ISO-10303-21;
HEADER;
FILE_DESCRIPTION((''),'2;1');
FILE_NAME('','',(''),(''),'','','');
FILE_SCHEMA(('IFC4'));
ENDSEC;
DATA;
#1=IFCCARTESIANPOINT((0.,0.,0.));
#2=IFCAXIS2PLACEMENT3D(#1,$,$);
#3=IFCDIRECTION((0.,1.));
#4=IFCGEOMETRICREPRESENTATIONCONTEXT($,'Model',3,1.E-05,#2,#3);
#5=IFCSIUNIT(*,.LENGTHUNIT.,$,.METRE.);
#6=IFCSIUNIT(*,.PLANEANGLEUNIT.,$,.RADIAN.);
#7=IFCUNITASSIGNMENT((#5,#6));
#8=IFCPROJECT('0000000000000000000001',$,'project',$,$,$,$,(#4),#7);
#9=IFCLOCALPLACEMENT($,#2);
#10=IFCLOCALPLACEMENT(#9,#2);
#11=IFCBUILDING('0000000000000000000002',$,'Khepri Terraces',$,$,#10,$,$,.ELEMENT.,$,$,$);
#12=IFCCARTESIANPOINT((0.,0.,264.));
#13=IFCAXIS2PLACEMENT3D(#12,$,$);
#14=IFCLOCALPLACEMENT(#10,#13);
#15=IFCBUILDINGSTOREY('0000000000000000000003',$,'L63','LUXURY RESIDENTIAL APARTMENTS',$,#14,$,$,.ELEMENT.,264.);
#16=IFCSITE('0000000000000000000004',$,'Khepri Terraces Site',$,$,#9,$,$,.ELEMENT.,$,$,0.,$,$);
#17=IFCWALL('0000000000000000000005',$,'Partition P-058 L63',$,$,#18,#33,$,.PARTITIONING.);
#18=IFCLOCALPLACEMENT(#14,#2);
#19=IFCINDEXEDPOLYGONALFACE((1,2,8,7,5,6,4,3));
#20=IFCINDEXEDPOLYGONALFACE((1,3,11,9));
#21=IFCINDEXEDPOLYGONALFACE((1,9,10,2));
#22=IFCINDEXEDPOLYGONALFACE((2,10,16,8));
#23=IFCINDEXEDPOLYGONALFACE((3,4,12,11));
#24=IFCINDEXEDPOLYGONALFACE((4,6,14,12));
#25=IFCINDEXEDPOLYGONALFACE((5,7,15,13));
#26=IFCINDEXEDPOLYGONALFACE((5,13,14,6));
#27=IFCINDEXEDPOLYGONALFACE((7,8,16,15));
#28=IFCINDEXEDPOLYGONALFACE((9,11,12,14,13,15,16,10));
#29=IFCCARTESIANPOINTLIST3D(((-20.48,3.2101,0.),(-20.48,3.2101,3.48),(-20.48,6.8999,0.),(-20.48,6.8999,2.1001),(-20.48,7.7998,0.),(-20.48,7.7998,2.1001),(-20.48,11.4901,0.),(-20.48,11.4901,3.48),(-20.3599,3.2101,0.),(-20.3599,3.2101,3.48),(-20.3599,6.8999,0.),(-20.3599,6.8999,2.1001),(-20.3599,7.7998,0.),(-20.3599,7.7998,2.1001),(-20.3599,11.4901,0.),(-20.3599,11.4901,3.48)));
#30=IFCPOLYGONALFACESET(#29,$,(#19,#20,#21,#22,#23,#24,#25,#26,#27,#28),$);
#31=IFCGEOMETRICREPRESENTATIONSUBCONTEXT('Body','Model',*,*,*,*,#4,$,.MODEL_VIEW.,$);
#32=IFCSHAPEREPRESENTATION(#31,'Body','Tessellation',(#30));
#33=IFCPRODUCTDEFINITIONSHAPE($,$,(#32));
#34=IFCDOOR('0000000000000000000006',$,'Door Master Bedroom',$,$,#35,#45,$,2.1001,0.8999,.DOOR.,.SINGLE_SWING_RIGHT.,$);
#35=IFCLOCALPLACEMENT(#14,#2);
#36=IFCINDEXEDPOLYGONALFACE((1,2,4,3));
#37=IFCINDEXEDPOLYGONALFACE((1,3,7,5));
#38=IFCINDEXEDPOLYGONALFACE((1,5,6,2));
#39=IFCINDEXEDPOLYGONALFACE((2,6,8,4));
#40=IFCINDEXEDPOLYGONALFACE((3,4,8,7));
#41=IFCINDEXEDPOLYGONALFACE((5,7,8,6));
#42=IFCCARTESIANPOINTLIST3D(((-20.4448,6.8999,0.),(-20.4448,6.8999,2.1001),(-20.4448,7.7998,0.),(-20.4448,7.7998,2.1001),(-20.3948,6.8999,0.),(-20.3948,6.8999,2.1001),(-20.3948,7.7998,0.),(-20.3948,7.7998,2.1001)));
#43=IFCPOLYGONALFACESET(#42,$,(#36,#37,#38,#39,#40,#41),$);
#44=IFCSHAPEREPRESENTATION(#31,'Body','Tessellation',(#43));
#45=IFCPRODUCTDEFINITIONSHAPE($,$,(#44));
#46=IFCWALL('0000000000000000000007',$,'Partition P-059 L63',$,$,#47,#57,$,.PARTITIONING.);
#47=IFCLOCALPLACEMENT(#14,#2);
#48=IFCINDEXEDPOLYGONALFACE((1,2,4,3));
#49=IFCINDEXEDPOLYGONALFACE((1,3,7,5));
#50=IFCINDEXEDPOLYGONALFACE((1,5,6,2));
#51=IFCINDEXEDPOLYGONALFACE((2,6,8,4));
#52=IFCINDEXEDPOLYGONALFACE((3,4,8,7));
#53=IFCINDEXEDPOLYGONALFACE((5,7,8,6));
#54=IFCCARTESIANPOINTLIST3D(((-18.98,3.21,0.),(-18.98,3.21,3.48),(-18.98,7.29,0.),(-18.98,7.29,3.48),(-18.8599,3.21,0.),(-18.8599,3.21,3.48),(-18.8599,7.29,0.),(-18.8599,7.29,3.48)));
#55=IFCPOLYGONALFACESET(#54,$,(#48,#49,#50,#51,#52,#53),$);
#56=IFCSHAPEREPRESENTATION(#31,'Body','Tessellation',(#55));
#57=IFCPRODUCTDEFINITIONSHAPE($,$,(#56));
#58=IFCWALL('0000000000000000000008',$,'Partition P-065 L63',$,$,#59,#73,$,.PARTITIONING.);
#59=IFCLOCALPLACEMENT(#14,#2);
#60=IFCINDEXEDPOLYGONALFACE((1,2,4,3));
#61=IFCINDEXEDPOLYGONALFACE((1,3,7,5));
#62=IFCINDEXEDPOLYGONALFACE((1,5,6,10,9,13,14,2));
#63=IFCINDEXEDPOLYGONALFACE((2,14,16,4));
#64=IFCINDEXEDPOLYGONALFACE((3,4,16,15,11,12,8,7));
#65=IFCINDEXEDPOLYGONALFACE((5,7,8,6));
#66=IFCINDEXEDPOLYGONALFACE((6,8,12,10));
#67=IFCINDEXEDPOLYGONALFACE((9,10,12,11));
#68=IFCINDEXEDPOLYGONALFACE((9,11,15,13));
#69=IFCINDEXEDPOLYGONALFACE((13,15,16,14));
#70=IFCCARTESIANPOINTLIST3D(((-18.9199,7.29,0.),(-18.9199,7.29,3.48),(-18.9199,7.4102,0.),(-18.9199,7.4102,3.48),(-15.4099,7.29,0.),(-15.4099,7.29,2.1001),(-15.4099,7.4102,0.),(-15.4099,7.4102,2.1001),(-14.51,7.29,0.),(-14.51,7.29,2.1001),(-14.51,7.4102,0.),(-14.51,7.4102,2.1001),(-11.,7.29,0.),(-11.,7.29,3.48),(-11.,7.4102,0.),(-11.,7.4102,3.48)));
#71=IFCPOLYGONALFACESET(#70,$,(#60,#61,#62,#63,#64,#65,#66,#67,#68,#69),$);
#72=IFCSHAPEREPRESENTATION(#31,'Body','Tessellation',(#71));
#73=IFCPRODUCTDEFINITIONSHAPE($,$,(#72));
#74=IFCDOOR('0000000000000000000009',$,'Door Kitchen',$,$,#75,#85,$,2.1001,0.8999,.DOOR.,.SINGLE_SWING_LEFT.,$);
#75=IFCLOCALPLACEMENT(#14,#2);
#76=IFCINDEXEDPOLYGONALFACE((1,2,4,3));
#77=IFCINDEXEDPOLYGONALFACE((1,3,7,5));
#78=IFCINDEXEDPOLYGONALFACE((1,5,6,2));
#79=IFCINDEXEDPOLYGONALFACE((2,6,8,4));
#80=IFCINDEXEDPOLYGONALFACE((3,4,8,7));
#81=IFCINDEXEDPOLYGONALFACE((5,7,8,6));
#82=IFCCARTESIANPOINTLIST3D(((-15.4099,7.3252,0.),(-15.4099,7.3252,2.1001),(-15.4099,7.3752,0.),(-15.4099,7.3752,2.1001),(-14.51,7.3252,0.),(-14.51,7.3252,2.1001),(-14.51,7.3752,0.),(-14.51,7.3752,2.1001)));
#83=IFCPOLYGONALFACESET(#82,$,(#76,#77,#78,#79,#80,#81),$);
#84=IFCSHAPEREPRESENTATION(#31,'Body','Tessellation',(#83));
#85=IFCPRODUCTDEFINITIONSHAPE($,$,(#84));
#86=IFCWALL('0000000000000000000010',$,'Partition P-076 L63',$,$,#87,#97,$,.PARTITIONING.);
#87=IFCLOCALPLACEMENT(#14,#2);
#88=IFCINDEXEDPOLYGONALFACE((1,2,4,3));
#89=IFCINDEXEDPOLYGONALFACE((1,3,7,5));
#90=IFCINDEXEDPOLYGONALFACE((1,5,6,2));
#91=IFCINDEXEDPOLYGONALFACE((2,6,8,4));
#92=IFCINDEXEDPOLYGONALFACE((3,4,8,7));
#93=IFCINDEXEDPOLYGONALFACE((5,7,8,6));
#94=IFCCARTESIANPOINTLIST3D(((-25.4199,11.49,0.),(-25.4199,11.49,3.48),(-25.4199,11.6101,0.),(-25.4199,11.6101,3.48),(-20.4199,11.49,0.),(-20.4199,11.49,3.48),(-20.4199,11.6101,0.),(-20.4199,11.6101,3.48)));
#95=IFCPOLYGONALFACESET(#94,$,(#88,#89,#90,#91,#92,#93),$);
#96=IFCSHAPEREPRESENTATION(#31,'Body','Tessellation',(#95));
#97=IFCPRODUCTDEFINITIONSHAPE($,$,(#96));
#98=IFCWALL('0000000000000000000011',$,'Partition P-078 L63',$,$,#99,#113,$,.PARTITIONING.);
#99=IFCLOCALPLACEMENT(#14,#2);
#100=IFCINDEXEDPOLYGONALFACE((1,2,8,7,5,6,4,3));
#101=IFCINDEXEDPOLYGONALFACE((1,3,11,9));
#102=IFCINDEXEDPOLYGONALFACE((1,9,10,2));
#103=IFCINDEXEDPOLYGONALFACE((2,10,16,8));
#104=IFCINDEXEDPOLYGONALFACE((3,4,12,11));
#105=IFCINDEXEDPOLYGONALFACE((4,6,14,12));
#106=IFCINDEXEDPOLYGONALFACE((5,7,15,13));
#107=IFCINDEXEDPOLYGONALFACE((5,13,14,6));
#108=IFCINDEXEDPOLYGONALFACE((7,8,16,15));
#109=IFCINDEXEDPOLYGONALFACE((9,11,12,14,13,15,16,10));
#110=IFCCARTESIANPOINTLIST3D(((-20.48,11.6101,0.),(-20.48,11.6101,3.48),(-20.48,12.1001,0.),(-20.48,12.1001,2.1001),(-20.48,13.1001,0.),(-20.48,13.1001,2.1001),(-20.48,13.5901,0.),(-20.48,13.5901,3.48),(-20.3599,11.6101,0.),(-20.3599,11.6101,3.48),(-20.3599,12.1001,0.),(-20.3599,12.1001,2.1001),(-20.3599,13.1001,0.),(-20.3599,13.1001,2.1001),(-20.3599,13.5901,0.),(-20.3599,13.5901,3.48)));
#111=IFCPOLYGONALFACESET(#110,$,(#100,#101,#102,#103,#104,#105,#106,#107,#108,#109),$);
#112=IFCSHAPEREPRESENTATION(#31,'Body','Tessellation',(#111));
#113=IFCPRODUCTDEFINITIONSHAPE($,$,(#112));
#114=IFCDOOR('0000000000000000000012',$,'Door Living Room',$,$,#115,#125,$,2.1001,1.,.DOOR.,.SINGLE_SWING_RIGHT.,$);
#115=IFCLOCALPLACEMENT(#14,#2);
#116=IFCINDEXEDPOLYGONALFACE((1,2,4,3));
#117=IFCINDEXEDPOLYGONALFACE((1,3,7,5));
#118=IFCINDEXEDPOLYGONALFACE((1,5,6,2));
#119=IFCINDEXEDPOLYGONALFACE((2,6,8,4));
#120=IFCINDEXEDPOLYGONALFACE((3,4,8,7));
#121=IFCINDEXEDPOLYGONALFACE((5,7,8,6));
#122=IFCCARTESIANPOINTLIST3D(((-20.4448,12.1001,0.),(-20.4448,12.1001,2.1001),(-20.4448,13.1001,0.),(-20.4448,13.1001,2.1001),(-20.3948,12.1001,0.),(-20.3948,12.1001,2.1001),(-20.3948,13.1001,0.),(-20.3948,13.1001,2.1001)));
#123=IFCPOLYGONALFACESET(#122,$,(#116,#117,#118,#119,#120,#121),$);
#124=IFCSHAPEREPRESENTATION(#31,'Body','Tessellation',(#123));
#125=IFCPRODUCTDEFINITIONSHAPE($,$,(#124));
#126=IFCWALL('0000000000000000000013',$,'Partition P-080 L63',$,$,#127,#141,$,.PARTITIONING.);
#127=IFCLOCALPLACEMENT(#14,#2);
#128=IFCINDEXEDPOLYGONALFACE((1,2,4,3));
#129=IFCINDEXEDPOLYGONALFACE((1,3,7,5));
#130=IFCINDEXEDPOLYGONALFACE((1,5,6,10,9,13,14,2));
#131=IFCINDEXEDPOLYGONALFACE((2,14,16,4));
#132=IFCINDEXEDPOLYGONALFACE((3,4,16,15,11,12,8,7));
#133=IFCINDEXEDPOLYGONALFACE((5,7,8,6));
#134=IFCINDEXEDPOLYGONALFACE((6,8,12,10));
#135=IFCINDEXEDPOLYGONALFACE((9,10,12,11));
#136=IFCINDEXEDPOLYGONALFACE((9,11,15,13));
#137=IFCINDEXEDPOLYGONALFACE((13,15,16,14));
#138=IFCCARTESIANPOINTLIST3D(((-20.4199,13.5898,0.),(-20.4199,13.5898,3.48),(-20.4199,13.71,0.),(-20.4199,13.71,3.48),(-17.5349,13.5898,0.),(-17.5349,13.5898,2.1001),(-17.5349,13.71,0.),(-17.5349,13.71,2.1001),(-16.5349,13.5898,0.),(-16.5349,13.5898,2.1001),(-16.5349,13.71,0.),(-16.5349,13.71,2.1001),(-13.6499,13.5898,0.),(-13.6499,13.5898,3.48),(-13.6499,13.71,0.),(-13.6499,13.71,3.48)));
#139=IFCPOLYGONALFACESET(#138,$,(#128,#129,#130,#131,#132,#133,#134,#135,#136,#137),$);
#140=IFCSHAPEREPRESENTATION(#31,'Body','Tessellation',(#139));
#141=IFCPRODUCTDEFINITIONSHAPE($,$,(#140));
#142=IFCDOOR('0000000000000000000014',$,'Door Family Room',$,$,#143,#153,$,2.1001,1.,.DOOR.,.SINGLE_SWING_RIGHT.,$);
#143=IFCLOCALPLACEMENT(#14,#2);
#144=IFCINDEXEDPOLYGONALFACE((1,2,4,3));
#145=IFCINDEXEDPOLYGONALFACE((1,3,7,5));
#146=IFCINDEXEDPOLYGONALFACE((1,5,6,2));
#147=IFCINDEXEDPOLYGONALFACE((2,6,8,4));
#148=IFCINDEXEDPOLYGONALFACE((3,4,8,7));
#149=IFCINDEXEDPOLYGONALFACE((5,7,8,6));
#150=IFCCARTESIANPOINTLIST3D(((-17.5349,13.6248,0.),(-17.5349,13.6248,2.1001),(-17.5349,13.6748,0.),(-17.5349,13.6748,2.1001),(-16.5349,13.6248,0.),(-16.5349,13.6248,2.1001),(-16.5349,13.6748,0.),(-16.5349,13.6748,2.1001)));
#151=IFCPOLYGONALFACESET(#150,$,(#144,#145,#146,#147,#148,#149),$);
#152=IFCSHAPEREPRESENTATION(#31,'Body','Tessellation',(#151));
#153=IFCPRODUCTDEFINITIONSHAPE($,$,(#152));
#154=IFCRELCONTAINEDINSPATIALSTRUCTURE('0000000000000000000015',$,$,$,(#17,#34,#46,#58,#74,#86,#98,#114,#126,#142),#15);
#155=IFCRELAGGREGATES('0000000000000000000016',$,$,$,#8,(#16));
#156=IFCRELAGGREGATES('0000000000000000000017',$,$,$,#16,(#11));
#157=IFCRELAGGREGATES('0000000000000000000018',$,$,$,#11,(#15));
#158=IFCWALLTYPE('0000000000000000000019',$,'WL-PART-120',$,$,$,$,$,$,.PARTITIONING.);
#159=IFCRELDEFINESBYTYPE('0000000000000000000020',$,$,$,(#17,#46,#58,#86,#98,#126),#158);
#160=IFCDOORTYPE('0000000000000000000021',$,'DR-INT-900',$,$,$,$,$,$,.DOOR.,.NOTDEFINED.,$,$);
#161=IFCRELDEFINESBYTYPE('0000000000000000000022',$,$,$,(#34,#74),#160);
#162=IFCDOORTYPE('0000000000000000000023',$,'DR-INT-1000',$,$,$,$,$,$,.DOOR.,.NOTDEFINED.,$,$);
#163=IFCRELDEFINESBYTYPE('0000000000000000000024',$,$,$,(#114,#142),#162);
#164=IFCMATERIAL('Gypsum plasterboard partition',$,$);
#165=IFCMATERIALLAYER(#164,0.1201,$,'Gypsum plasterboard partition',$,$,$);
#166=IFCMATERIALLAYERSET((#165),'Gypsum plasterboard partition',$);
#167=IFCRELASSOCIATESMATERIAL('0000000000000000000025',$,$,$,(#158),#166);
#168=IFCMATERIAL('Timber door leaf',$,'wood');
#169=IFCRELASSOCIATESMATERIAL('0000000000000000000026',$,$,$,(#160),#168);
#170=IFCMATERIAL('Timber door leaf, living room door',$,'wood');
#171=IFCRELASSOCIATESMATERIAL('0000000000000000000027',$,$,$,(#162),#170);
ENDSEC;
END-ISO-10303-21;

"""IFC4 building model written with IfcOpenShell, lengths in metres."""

from ifc_helpers import new_model, si_unit, direction, frame, frame_2d, origin, place, context, subcontext, project, spatial, rectangle, extrude, material, layer, layer_set, type_object, element, fill, save


model = new_model("IFC4")

# Units and contexts
model_context = context("Model", 3, precision=1e-05, world=origin(), true_north=direction((0.0, 1.0)))
body_context = subcontext(model_context, "Body", "Model", "MODEL_VIEW")
ifc_project = project(units=[si_unit("LENGTHUNIT", "METRE"), si_unit("PLANEANGLEUNIT", "RADIAN")], contexts=[model_context])

# Site, building, storey
site_placement = place(None, origin())
site = spatial("IfcSite", under=ifc_project, at=site_placement, Name="Khepri Terraces Site", CompositionType="ELEMENT", RefElevation=0.0)
building_placement = place(site_placement, origin())
building = spatial("IfcBuilding", under=site, at=building_placement, Name="Khepri Terraces", CompositionType="ELEMENT")
storey_placement = place(building_placement, frame((0.0, 0.0, 264.0)))
storey = spatial("IfcBuildingStorey", under=building, at=storey_placement, Name="L63", Description="LUXURY RESIDENTIAL APARTMENTS", CompositionType="ELEMENT", Elevation=264.0)

# Shared definitions
ifc_material_1 = material(Name="Gypsum plasterboard partition")
ifc_layer_1 = layer(ifc_material_1, 0.1201, Name="Gypsum plasterboard partition")
ifc_layer_set_1 = layer_set([ifc_layer_1], Name="Gypsum plasterboard partition")
wall_type_1 = type_object("IfcWallType", Name="WL-PART-120", PredefinedType="PARTITIONING", material=ifc_layer_set_1)

# Shared definitions
ifc_material_2 = material(Name="Timber door leaf", Category="wood")
door_type_1 = type_object("IfcDoorType", Name="DR-INT-900", OperationType="NOTDEFINED", PredefinedType="DOOR", material=ifc_material_2)

# Wall, opening, door
wall_1_placement = place(storey_placement, frame((-20.4199, 3.21, 0.0), z_axis=(0.0, 0.0, 1.0), x_axis=(0.0, 1.0, 0.0)))
wall_1 = element("IfcWall", 1, at=wall_1_placement, inside=storey, type_object=wall_type_1, Name="Partition P-058 L63", PredefinedType="PARTITIONING", context=body_context, shape_type="SweptSolid", body=[
    extrude(rectangle(XDim=8.28, YDim=0.1201, at=frame_2d((4.1401, 0.0))), origin(), (0.0, 0.0, 1.0), 3.48),
])
opening_1_placement = place(wall_1_placement, frame((3.6899, 0.0, 0.0)))
opening_1 = element("IfcOpeningElement", 2, at=opening_1_placement, cuts=wall_1, PredefinedType="OPENING", context=body_context, shape_type="SweptSolid", body=[
    extrude(rectangle(XDim=0.8999, YDim=2.1001, at=frame_2d((0.45, 1.05))), frame((0.0, 0.0701, 0.0), z_axis=(0.0, -1.0, 0.0), x_axis=(1.0, 0.0, 0.0)), (0.0, 0.0, 1.0), 0.1401),
])
door_1_placement = place(opening_1_placement, origin())
door_1 = element("IfcDoor", 3, at=door_1_placement, inside=storey, type_object=door_type_1, Name="Door Master Bedroom", OperationType="SINGLE_SWING_RIGHT", OverallHeight=2.1001, OverallWidth=0.8999, PredefinedType="DOOR", context=body_context, shape_type="SweptSolid", body=[
    extrude(rectangle(XDim=0.8999, YDim=2.1001, at=frame_2d((0.45, 1.05))), frame((0.0, 0.0249, 0.0), z_axis=(0.0, -1.0, 0.0), x_axis=(1.0, 0.0, 0.0)), (0.0, 0.0, 1.0), 0.05),
])
fill(opening_1, door_1)

# Wall
wall_2_placement = place(storey_placement, frame((-18.9199, 3.21, 0.0), z_axis=(0.0, 0.0, 1.0), x_axis=(0.0, 1.0, 0.0)))
element("IfcWall", 4, at=wall_2_placement, inside=storey, type_object=wall_type_1, Name="Partition P-059 L63", PredefinedType="PARTITIONING", context=body_context, shape_type="SweptSolid", body=[
    extrude(rectangle(XDim=4.0801, YDim=0.1201, at=frame_2d((2.04, 0.0))), origin(), (0.0, 0.0, 1.0), 3.48),
])

# Wall, opening, door
wall_3_placement = place(storey_placement, frame((-18.9199, 7.3501, 0.0), z_axis=(0.0, 0.0, 1.0), x_axis=(1.0, 0.0, 0.0)))
wall_3 = element("IfcWall", 5, at=wall_3_placement, inside=storey, type_object=wall_type_1, Name="Partition P-065 L63", PredefinedType="PARTITIONING", context=body_context, shape_type="SweptSolid", body=[
    extrude(rectangle(XDim=7.9199, YDim=0.1201, at=frame_2d((3.96, 0.0))), origin(), (0.0, 0.0, 1.0), 3.48),
])
opening_2_placement = place(wall_3_placement, frame((3.51, 0.0, 0.0)))
opening_2 = element("IfcOpeningElement", 6, at=opening_2_placement, cuts=wall_3, PredefinedType="OPENING", context=body_context, shape_type="SweptSolid", body=[
    extrude(rectangle(XDim=0.8999, YDim=2.1001, at=frame_2d((0.45, 1.05))), frame((0.0, 0.0701, 0.0), z_axis=(0.0, -1.0, 0.0), x_axis=(1.0, 0.0, 0.0)), (0.0, 0.0, 1.0), 0.1401),
])
door_2_placement = place(opening_2_placement, frame((0.8999, 0.0, 0.0), z_axis=(0.0, 0.0, 1.0), x_axis=(-1.0, 0.0, 0.0)))
door_2 = element("IfcDoor", 7, at=door_2_placement, inside=storey, type_object=door_type_1, Name="Door Kitchen", OperationType="SINGLE_SWING_LEFT", OverallHeight=2.1001, OverallWidth=0.8999, PredefinedType="DOOR", context=body_context, shape_type="SweptSolid", body=[
    extrude(rectangle(XDim=0.8999, YDim=2.1001, at=frame_2d((0.45, 1.05))), frame((0.0, 0.0249, 0.0), z_axis=(0.0, -1.0, 0.0), x_axis=(1.0, 0.0, 0.0)), (0.0, 0.0, 1.0), 0.05),
])
fill(opening_2, door_2)

# Wall
wall_4_placement = place(storey_placement, frame((-25.4199, 11.55, 0.0), z_axis=(0.0, 0.0, 1.0), x_axis=(1.0, 0.0, 0.0)))
element("IfcWall", 8, at=wall_4_placement, inside=storey, type_object=wall_type_1, Name="Partition P-076 L63", PredefinedType="PARTITIONING", context=body_context, shape_type="SweptSolid", body=[
    extrude(rectangle(XDim=5.0, YDim=0.1201, at=frame_2d((2.5, 0.0))), origin(), (0.0, 0.0, 1.0), 3.48),
])

# Walls, openings, doors
wall_5_placement = place(storey_placement, frame((-20.4199, 11.6101, 0.0), z_axis=(0.0, 0.0, 1.0), x_axis=(0.0, 1.0, 0.0)))
wall_5 = element("IfcWall", 9, at=wall_5_placement, inside=storey, type_object=wall_type_1, Name="Partition P-078 L63", PredefinedType="PARTITIONING", context=body_context, shape_type="SweptSolid", body=[
    extrude(rectangle(XDim=1.98, YDim=0.1201, at=frame_2d((0.99, 0.0))), origin(), (0.0, 0.0, 1.0), 3.48),
])
opening_3_placement = place(wall_5_placement, frame((0.49, 0.0, 0.0)))
opening_3 = element("IfcOpeningElement", 10, at=opening_3_placement, cuts=wall_5, PredefinedType="OPENING", context=body_context, shape_type="SweptSolid", body=[
    extrude(rectangle(XDim=1.0, YDim=2.1001, at=frame_2d((0.5, 1.05))), frame((0.0, 0.0701, 0.0), z_axis=(0.0, -1.0, 0.0), x_axis=(1.0, 0.0, 0.0)), (0.0, 0.0, 1.0), 0.1401),
])
ifc_material_3 = material(Name="Timber door leaf, living room door", Category="wood")
door_type_2 = type_object("IfcDoorType", Name="DR-INT-1000", OperationType="NOTDEFINED", PredefinedType="DOOR", material=ifc_material_3)
door_3_placement = place(opening_3_placement, origin())
door_3 = element("IfcDoor", 11, at=door_3_placement, inside=storey, type_object=door_type_2, Name="Door Living Room", OperationType="SINGLE_SWING_RIGHT", OverallHeight=2.1001, OverallWidth=1.0, PredefinedType="DOOR", context=body_context, shape_type="SweptSolid", body=[
    extrude(rectangle(XDim=1.0, YDim=2.1001, at=frame_2d((0.5, 1.05))), frame((0.0, 0.0249, 0.0), z_axis=(0.0, -1.0, 0.0), x_axis=(1.0, 0.0, 0.0)), (0.0, 0.0, 1.0), 0.05),
])
fill(opening_3, door_3)
wall_6_placement = place(storey_placement, frame((-20.4199, 13.6499, 0.0), z_axis=(0.0, 0.0, 1.0), x_axis=(1.0, 0.0, 0.0)))
wall_6 = element("IfcWall", 12, at=wall_6_placement, inside=storey, type_object=wall_type_1, Name="Partition P-080 L63", PredefinedType="PARTITIONING", context=body_context, shape_type="SweptSolid", body=[
    extrude(rectangle(XDim=6.77, YDim=0.1201, at=frame_2d((3.385, 0.0))), origin(), (0.0, 0.0, 1.0), 3.48),
])
opening_4_placement = place(wall_6_placement, frame((2.885, 0.0, 0.0)))
opening_4 = element("IfcOpeningElement", 13, at=opening_4_placement, cuts=wall_6, PredefinedType="OPENING", context=body_context, shape_type="SweptSolid", body=[
    extrude(rectangle(XDim=1.0, YDim=2.1001, at=frame_2d((0.5, 1.05))), frame((0.0, 0.0701, 0.0), z_axis=(0.0, -1.0, 0.0), x_axis=(1.0, 0.0, 0.0)), (0.0, 0.0, 1.0), 0.1401),
])
door_4_placement = place(opening_4_placement, origin())
door_4 = element("IfcDoor", 14, at=door_4_placement, inside=storey, type_object=door_type_2, Name="Door Family Room", OperationType="SINGLE_SWING_RIGHT", OverallHeight=2.1001, OverallWidth=1.0, PredefinedType="DOOR", context=body_context, shape_type="SweptSolid", body=[
    extrude(rectangle(XDim=1.0, YDim=2.1001, at=frame_2d((0.5, 1.05))), frame((0.0, 0.0249, 0.0), z_axis=(0.0, -1.0, 0.0), x_axis=(1.0, 0.0, 0.0)), (0.0, 0.0, 1.0), 0.05),
])
fill(opening_4, door_4)

save(model, "model.ifc")
